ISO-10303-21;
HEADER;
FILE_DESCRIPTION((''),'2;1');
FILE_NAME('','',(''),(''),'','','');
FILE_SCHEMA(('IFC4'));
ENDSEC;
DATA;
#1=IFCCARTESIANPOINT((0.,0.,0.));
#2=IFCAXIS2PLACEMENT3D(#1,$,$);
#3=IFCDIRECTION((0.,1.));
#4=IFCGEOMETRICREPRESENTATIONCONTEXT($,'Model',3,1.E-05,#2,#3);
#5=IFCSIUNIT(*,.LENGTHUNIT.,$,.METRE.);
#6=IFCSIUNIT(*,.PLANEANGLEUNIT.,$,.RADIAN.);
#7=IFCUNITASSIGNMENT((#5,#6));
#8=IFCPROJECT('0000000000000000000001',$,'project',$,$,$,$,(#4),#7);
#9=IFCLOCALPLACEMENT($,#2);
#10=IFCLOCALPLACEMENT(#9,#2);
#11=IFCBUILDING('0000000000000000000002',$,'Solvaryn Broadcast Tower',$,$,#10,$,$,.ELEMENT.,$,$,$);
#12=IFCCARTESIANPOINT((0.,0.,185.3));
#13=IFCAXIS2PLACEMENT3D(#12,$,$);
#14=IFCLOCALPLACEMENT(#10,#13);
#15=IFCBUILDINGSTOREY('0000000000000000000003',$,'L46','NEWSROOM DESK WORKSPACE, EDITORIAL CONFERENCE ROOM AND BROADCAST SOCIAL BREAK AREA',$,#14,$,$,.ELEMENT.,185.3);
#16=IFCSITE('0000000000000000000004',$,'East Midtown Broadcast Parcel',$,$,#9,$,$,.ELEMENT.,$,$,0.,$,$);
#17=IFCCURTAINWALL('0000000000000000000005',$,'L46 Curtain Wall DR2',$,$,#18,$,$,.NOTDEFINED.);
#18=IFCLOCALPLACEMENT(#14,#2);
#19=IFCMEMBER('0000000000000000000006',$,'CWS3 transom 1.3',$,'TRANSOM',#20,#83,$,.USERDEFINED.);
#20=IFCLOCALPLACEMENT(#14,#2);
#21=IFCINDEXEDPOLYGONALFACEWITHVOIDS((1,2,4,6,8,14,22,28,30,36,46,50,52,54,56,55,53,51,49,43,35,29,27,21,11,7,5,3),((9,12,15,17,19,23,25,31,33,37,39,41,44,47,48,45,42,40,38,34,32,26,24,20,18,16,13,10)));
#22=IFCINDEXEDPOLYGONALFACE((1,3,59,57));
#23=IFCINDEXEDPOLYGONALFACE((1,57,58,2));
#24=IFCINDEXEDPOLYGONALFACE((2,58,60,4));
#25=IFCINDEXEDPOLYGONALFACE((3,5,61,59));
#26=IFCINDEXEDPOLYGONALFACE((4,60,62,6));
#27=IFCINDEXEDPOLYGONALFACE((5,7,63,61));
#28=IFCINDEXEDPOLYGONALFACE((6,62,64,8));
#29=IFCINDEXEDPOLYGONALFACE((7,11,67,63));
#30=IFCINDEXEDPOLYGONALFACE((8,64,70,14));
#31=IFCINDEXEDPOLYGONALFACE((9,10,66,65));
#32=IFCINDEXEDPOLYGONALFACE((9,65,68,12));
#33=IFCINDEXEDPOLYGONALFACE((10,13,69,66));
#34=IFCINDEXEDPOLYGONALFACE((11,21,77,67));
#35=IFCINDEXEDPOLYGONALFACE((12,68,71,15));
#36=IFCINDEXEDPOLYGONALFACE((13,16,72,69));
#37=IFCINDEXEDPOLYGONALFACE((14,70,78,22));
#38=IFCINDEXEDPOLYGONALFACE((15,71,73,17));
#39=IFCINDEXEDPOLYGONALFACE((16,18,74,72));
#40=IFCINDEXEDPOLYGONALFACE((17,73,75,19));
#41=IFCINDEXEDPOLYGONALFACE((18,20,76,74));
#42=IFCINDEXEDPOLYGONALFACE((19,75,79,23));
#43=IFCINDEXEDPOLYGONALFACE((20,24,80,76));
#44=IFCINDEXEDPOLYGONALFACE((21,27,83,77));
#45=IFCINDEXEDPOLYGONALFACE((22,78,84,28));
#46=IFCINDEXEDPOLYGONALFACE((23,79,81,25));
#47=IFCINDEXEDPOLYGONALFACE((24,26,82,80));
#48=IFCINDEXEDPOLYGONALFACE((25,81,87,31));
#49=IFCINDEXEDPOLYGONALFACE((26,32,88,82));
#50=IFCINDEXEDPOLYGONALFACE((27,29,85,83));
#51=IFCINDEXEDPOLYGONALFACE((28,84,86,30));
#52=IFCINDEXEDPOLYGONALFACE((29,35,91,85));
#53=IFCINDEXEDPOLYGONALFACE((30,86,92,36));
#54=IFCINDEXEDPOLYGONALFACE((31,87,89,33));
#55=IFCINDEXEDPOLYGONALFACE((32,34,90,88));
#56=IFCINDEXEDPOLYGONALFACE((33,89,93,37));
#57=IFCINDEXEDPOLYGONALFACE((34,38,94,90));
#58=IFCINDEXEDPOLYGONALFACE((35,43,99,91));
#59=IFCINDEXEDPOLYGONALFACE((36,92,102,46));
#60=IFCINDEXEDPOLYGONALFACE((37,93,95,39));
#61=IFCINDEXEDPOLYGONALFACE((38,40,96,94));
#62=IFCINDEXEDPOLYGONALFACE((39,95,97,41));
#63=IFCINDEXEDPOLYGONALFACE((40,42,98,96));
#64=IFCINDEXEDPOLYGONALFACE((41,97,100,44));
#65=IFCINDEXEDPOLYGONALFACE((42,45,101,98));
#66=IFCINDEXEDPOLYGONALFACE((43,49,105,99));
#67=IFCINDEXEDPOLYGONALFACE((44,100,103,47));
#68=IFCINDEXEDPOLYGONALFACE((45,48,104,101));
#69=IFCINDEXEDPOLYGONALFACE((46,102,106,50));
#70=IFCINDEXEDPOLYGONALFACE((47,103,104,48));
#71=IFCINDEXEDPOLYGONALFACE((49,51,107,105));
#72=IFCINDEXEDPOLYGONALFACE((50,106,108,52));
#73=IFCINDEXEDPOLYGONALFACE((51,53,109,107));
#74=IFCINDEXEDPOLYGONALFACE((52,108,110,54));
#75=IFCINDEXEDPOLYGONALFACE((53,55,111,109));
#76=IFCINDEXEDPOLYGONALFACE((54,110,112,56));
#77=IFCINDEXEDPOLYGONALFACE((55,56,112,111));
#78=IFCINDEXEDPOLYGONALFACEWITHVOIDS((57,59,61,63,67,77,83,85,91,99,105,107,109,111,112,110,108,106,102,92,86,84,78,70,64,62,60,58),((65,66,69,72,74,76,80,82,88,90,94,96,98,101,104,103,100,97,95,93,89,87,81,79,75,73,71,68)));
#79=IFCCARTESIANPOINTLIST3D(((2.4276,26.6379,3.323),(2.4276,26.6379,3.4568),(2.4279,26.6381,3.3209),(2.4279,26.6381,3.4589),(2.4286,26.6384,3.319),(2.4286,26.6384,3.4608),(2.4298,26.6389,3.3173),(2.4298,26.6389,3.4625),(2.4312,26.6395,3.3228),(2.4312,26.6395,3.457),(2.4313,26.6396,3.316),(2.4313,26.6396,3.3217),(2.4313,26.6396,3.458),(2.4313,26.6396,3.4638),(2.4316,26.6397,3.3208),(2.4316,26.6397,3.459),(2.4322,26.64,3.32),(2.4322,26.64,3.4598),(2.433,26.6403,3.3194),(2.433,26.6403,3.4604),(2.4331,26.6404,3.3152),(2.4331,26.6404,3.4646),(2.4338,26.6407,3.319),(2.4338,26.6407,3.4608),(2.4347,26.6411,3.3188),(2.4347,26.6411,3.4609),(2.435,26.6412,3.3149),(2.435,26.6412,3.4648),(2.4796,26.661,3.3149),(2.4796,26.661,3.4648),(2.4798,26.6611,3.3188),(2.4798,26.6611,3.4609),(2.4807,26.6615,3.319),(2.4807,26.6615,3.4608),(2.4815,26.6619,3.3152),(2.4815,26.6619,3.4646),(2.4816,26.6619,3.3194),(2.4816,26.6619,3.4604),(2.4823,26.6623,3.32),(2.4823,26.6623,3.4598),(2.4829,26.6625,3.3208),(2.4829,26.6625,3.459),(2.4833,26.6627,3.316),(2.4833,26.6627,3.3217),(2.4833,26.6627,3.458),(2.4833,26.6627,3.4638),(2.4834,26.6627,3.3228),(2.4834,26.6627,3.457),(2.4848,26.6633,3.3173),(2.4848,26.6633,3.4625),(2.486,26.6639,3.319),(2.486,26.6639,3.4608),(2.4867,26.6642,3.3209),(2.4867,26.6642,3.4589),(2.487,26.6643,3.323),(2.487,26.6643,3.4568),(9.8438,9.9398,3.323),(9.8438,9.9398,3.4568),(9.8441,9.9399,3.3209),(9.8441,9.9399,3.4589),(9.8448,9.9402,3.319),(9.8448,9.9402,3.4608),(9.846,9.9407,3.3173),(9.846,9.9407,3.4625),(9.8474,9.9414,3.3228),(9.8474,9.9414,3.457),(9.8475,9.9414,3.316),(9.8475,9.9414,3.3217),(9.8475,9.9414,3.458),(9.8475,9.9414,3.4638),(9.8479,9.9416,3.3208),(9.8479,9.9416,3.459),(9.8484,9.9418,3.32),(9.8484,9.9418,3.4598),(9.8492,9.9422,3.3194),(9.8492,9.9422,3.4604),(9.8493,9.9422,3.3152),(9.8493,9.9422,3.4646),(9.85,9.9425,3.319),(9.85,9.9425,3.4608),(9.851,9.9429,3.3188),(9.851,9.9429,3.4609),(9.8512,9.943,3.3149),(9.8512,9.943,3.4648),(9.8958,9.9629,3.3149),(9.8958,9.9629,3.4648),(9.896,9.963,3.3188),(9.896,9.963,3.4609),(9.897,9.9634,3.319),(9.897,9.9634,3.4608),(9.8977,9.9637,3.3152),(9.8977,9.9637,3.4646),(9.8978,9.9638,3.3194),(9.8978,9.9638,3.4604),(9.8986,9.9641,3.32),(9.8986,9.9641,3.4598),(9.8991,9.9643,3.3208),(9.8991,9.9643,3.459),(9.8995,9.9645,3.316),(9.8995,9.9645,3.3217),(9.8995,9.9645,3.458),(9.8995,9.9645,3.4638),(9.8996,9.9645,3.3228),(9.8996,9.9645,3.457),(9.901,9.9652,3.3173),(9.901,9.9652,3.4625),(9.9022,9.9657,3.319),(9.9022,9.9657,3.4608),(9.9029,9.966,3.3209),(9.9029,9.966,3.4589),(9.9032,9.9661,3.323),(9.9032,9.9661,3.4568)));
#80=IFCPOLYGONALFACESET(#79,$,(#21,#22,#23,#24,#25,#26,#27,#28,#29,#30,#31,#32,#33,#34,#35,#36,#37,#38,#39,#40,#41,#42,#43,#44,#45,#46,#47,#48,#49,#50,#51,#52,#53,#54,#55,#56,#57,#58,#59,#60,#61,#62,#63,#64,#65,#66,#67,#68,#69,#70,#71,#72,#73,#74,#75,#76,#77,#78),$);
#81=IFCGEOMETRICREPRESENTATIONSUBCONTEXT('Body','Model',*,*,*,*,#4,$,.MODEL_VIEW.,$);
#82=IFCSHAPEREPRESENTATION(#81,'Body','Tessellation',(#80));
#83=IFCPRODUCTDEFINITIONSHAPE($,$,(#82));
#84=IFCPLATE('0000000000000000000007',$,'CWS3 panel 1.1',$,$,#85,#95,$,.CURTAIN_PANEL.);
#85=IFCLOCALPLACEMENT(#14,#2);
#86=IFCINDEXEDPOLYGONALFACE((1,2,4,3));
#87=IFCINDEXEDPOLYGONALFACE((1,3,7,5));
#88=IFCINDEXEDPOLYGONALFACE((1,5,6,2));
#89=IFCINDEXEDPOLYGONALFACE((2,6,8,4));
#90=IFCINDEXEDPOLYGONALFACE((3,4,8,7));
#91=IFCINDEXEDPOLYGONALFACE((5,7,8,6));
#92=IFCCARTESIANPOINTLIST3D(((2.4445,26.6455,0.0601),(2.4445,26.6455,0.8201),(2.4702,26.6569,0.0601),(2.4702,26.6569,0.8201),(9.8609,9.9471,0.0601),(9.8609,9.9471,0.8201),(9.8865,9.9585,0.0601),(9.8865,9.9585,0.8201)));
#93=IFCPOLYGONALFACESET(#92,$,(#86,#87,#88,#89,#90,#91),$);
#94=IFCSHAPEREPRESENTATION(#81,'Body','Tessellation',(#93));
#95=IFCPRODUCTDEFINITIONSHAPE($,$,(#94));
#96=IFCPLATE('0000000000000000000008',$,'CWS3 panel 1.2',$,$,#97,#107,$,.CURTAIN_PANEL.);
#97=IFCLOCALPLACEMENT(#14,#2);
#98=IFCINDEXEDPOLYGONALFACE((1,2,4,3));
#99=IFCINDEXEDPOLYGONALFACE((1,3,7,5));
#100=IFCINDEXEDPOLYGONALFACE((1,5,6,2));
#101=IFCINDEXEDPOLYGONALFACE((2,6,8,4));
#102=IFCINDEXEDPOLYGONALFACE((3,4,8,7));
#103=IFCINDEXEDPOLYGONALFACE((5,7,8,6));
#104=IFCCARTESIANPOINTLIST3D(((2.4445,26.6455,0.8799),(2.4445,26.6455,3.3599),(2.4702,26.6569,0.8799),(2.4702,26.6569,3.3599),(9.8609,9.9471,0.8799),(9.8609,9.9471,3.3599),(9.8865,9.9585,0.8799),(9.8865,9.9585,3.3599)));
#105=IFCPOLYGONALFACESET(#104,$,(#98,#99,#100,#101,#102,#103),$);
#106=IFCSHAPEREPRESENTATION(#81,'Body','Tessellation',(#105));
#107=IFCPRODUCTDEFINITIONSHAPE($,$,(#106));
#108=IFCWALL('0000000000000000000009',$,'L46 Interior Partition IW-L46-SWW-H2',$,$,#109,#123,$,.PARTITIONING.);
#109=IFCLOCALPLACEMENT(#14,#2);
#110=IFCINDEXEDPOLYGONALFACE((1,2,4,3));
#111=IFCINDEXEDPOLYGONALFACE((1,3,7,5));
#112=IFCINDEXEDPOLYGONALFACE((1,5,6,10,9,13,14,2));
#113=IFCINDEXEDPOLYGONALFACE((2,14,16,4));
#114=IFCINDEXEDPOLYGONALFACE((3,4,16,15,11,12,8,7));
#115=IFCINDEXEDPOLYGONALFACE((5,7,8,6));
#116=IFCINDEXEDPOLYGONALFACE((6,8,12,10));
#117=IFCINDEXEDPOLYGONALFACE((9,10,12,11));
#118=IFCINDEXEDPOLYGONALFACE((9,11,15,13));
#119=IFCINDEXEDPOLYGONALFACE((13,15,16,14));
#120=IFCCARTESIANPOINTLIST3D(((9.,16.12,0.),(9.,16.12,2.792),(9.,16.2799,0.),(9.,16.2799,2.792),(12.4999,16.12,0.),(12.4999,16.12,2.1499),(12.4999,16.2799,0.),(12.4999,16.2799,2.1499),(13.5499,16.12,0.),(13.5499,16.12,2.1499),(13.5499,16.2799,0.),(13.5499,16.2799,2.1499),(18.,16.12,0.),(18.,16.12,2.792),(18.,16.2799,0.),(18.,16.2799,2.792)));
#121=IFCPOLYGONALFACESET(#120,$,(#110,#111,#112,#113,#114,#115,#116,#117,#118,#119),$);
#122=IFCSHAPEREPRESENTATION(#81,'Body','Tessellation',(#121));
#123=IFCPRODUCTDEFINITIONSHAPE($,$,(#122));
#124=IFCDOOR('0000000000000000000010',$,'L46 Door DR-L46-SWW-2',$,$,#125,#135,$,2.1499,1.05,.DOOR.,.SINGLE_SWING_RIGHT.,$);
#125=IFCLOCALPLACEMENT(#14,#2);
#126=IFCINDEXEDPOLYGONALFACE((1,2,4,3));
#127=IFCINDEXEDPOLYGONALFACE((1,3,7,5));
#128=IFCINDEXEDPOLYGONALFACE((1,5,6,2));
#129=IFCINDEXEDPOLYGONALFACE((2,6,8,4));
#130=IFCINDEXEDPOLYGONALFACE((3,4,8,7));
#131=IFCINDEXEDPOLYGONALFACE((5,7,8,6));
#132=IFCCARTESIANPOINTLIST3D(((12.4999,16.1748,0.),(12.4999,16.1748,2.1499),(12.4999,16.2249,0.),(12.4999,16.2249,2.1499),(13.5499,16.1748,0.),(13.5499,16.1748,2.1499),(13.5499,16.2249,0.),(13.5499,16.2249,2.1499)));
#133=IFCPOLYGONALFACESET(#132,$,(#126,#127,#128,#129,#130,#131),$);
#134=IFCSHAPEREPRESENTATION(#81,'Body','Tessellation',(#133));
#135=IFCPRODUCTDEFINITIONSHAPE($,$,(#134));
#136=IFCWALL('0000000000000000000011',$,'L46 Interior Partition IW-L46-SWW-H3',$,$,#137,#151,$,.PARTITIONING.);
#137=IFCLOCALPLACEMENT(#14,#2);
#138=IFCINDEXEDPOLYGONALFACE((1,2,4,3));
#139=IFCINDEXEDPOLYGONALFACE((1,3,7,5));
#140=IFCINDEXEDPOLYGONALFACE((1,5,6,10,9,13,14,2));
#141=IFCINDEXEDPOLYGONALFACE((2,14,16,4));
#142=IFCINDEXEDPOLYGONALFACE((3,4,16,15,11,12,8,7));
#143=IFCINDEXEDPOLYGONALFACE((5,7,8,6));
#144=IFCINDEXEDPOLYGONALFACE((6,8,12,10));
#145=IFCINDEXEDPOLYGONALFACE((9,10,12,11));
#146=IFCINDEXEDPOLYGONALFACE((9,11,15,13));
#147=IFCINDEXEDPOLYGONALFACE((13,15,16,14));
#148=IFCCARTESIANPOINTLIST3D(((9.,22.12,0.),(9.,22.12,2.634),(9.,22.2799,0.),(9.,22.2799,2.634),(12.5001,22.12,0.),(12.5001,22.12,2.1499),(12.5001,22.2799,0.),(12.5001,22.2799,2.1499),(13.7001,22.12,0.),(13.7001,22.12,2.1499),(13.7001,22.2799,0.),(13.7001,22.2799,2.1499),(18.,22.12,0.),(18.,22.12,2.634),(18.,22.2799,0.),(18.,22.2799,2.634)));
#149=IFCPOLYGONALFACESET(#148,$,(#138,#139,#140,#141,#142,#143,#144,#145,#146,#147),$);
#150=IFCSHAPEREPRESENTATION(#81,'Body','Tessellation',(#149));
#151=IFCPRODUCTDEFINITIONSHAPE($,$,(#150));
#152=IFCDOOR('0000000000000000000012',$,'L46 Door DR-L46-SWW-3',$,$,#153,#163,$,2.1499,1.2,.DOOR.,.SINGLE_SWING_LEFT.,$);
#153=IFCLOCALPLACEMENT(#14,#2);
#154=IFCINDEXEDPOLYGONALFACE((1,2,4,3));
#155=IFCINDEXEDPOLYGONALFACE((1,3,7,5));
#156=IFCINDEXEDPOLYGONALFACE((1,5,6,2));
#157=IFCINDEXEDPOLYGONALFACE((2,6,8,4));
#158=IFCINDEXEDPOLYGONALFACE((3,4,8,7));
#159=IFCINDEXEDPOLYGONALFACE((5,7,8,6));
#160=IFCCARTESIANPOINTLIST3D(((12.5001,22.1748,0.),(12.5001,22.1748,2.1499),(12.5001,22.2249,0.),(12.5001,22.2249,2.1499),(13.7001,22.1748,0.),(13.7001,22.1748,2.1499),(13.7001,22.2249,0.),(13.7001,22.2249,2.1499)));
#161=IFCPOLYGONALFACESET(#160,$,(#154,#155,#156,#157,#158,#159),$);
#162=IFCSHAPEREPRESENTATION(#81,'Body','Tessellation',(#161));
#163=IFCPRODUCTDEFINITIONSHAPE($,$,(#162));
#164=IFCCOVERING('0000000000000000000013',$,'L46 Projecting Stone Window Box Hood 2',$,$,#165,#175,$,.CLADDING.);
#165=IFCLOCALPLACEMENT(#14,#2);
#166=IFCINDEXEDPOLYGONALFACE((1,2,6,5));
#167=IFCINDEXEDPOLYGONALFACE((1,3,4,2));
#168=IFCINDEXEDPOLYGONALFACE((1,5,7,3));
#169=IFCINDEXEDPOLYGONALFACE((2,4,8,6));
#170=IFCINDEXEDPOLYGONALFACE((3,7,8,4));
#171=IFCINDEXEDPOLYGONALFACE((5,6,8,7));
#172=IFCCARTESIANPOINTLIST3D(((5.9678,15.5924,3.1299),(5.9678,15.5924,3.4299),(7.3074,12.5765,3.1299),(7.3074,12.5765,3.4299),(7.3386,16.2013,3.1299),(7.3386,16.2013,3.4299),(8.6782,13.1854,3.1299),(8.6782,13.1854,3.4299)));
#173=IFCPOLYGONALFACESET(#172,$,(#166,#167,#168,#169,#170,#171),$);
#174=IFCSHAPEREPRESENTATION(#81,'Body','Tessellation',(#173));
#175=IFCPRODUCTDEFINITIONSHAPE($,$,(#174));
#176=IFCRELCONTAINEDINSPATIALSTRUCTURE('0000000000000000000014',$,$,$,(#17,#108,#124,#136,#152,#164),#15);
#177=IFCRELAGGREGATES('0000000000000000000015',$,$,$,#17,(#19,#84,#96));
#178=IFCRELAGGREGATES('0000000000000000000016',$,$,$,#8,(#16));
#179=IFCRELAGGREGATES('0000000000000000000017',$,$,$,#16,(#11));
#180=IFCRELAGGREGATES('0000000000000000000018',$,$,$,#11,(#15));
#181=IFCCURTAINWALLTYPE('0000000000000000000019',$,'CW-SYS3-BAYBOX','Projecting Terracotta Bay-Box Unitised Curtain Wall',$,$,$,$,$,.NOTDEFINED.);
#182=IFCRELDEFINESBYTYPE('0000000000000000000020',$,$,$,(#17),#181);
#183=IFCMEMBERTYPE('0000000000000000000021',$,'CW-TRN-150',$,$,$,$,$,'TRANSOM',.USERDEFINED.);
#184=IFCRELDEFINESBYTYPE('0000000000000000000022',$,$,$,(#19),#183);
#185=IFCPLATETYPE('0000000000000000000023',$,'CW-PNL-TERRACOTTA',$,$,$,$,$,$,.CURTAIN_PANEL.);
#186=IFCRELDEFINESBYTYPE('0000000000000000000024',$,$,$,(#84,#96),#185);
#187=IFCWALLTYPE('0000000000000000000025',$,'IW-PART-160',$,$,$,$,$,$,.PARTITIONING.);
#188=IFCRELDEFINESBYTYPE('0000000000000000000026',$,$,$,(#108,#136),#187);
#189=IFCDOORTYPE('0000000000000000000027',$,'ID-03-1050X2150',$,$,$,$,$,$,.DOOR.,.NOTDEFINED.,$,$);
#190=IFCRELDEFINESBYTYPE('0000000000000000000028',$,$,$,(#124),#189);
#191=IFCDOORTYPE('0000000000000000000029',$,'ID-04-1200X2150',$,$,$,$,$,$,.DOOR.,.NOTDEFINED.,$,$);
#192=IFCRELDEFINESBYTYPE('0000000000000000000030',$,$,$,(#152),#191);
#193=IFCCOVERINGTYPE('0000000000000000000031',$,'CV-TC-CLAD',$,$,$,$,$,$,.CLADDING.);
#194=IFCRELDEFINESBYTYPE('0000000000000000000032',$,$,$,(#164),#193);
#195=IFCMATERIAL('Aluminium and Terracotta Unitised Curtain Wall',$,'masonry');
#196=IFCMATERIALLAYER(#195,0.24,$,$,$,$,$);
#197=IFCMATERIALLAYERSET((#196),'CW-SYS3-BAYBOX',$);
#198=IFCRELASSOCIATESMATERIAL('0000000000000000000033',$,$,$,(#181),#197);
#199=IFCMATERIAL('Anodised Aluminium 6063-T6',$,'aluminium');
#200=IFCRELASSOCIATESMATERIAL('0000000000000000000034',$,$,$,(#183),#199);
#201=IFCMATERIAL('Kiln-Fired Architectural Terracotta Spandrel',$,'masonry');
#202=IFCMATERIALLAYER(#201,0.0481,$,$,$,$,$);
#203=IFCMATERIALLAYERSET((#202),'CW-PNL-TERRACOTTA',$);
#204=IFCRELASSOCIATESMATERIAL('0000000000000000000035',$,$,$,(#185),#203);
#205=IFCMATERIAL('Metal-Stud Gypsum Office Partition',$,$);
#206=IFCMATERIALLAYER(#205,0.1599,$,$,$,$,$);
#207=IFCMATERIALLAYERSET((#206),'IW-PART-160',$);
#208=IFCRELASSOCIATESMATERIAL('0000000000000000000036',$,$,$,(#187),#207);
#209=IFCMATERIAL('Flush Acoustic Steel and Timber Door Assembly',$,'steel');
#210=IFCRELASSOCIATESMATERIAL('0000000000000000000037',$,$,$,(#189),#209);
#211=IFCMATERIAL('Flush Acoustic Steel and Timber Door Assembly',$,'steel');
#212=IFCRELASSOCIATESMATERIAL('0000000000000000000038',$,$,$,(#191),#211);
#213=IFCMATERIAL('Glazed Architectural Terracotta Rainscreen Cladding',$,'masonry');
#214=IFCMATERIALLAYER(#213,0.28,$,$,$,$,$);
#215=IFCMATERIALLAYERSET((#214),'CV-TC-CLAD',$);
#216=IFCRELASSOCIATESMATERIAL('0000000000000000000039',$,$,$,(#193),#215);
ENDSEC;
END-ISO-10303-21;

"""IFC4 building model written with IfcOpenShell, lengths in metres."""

from ifc_helpers import new_model, si_unit, direction, frame, frame_2d, origin, origin_2d, place, context, subcontext, project, spatial, rectangle, hollow_rectangle, extrude, material, layer, layer_set, material_profile, profile_set, type_object, element, fill, aggregate, save


model = new_model("IFC4")

# Units and contexts
model_context = context("Model", 3, precision=1e-05, world=origin(), true_north=direction((0.0, 1.0)))
body_context = subcontext(model_context, "Body", "Model", "MODEL_VIEW")
ifc_project = project(units=[si_unit("LENGTHUNIT", "METRE"), si_unit("PLANEANGLEUNIT", "RADIAN")], contexts=[model_context])

# Site, building, storey
site_placement = place(None, origin())
site = spatial("IfcSite", under=ifc_project, at=site_placement, Name="East Midtown Broadcast Parcel", CompositionType="ELEMENT", RefElevation=0.0)
building_placement = place(site_placement, origin())
building = spatial("IfcBuilding", under=site, at=building_placement, Name="Solvaryn Broadcast Tower", CompositionType="ELEMENT")
storey_placement = place(building_placement, frame((0.0, 0.0, 185.3)))
storey = spatial("IfcBuildingStorey", under=building, at=storey_placement, Name="L46", Description="NEWSROOM DESK WORKSPACE, EDITORIAL CONFERENCE ROOM AND BROADCAST SOCIAL BREAK AREA", CompositionType="ELEMENT", Elevation=185.3)

# Curtain wall, member, plates
ifc_material_1 = material(Name="Aluminium and Terracotta Unitised Curtain Wall", Category="masonry")
ifc_layer_1 = layer(ifc_material_1, 0.24)
ifc_layer_set_1 = layer_set([ifc_layer_1], Name="CW-SYS3-BAYBOX")
curtain_wall_type_1 = type_object("IfcCurtainWallType", Name="CW-SYS3-BAYBOX", Description="Projecting Terracotta Bay-Box Unitised Curtain Wall", PredefinedType="NOTDEFINED", material=ifc_layer_set_1)
curtain_wall_1_placement = place(storey_placement, origin())
curtain_wall_1 = element("IfcCurtainWall", 1, at=curtain_wall_1_placement, inside=storey, type_object=curtain_wall_type_1, Name="L46 Curtain Wall DR2", PredefinedType="NOTDEFINED")
ifc_material_2 = material(Name="Anodised Aluminium 6063-T6", Category="aluminium")
ifc_material_profile_1 = material_profile(ifc_material_2, hollow_rectangle(XDim=0.0649, YDim=0.1499, WallThickness=0.0039, InnerFilletRadius=0.0039, OuterFilletRadius=0.0081, at=origin_2d()))
ifc_profile_set_1 = profile_set([ifc_material_profile_1], Name="Anodised Aluminium 6063-T6")
member_type_1 = type_object("IfcMemberType", Name="CW-TRN-150", ElementType="TRANSOM", PredefinedType="USERDEFINED", material=ifc_profile_set_1)
member_1_placement = place(storey_placement, frame((2.4573, 26.6511, 3.3899), z_axis=(0.405902, -0.913917, 0.0), x_axis=(0.913917, 0.405902, 0.0)))
member_1 = element("IfcMember", 2, at=member_1_placement, type_object=member_type_1, Name="CWS3 transom 1.3", ObjectType="TRANSOM", PredefinedType="USERDEFINED", context=body_context, shape_type="SweptSolid", body=[
    extrude(hollow_rectangle(XDim=0.0649, YDim=0.1499, WallThickness=0.0039, InnerFilletRadius=0.0039, OuterFilletRadius=0.0081, at=origin_2d()), origin(), (0.0, 0.0, 1.0), 18.271),
])
ifc_material_3 = material(Name="Kiln-Fired Architectural Terracotta Spandrel", Category="masonry")
ifc_layer_2 = layer(ifc_material_3, 0.0481)
ifc_layer_set_2 = layer_set([ifc_layer_2], Name="CW-PNL-TERRACOTTA")
plate_type = type_object("IfcPlateType", Name="CW-PNL-TERRACOTTA", PredefinedType="CURTAIN_PANEL", material=ifc_layer_set_2)
plate_1_placement = place(storey_placement, frame((6.1655, 18.302, 0.0601), z_axis=(0.0, 0.0, 1.0), x_axis=(0.405901, -0.913917, 0.0)))
plate_1 = element("IfcPlate", 3, at=plate_1_placement, type_object=plate_type, Name="CWS3 panel 1.1", PredefinedType="CURTAIN_PANEL", context=body_context, shape_type="SweptSolid", body=[
    extrude(rectangle(XDim=18.2712, YDim=0.0281, at=origin_2d()), origin(), (0.0, 0.0, 1.0), 0.76),
])
plate_2_placement = place(storey_placement, frame((6.1655, 18.302, 0.8799), z_axis=(0.0, 0.0, 1.0), x_axis=(0.405901, -0.913917, 0.0)))
plate_2 = element("IfcPlate", 4, at=plate_2_placement, type_object=plate_type, Name="CWS3 panel 1.2", PredefinedType="CURTAIN_PANEL", context=body_context, shape_type="SweptSolid", body=[
    extrude(rectangle(XDim=18.2712, YDim=0.0281, at=origin_2d()), origin(), (0.0, 0.0, 1.0), 2.48),
])
aggregate(curtain_wall_1, [member_1, plate_1, plate_2])

# Walls, openings, doors
ifc_material_4 = material(Name="Metal-Stud Gypsum Office Partition")
ifc_layer_3 = layer(ifc_material_4, 0.1599)
ifc_layer_set_3 = layer_set([ifc_layer_3], Name="IW-PART-160")
wall_type = type_object("IfcWallType", Name="IW-PART-160", PredefinedType="PARTITIONING", material=ifc_layer_set_3)
wall_1_placement = place(storey_placement, frame((9.0, 16.2, 0.0), z_axis=(0.0, 0.0, 1.0), x_axis=(1.0, 0.0, 0.0)))
wall_1 = element("IfcWall", 5, at=wall_1_placement, inside=storey, type_object=wall_type, Name="L46 Interior Partition IW-L46-SWW-H2", PredefinedType="PARTITIONING", context=body_context, shape_type="SweptSolid", body=[
    extrude(rectangle(XDim=9.0, YDim=0.1599, at=frame_2d((4.5, 0.0))), origin(), (0.0, 0.0, 1.0), 2.792),
])
opening_1_placement = place(wall_1_placement, frame((3.5, 0.0, 0.0)))
opening_1 = element("IfcOpeningElement", 6, at=opening_1_placement, cuts=wall_1, PredefinedType="OPENING", context=body_context, shape_type="SweptSolid", body=[
    extrude(rectangle(XDim=1.05, YDim=2.1499, at=frame_2d((0.5249, 1.075))), frame((0.0, 0.0901, 0.0), z_axis=(0.0, -1.0, 0.0), x_axis=(1.0, 0.0, 0.0)), (0.0, 0.0, 1.0), 0.1799),
])
ifc_material_5 = material(Name="Flush Acoustic Steel and Timber Door Assembly", Category="steel")
door_type_1 = type_object("IfcDoorType", Name="ID-03-1050X2150", OperationType="NOTDEFINED", PredefinedType="DOOR", material=ifc_material_5)
door_1_placement = place(opening_1_placement, origin())
door_1 = element("IfcDoor", 7, at=door_1_placement, inside=storey, type_object=door_type_1, Name="L46 Door DR-L46-SWW-2", OperationType="SINGLE_SWING_RIGHT", OverallHeight=2.1499, OverallWidth=1.05, PredefinedType="DOOR", context=body_context, shape_type="SweptSolid", body=[
    extrude(rectangle(XDim=1.05, YDim=2.1499, at=frame_2d((0.5249, 1.075))), frame((0.0, 0.0249, 0.0), z_axis=(0.0, -1.0, 0.0), x_axis=(1.0, 0.0, 0.0)), (0.0, 0.0, 1.0), 0.05),
])
fill(opening_1, door_1)
wall_2_placement = place(storey_placement, frame((9.0, 22.2, 0.0), z_axis=(0.0, 0.0, 1.0), x_axis=(1.0, 0.0, 0.0)))
wall_2 = element("IfcWall", 8, at=wall_2_placement, inside=storey, type_object=wall_type, Name="L46 Interior Partition IW-L46-SWW-H3", PredefinedType="PARTITIONING", context=body_context, shape_type="SweptSolid", body=[
    extrude(rectangle(XDim=9.0, YDim=0.1599, at=frame_2d((4.5, 0.0))), origin(), (0.0, 0.0, 1.0), 2.634),
])
opening_2_placement = place(wall_2_placement, frame((3.5, 0.0, 0.0)))
opening_2 = element("IfcOpeningElement", 9, at=opening_2_placement, cuts=wall_2, PredefinedType="OPENING", context=body_context, shape_type="SweptSolid", body=[
    extrude(rectangle(XDim=1.2, YDim=2.1499, at=frame_2d((0.6001, 1.075))), frame((0.0, 0.0901, 0.0), z_axis=(0.0, -1.0, 0.0), x_axis=(1.0, 0.0, 0.0)), (0.0, 0.0, 1.0), 0.1799),
])
ifc_material_6 = material(Name="Flush Acoustic Steel and Timber Door Assembly", Category="steel")
door_type_2 = type_object("IfcDoorType", Name="ID-04-1200X2150", OperationType="NOTDEFINED", PredefinedType="DOOR", material=ifc_material_6)
door_2_placement = place(opening_2_placement, origin())
door_2 = element("IfcDoor", 10, at=door_2_placement, inside=storey, type_object=door_type_2, Name="L46 Door DR-L46-SWW-3", OperationType="SINGLE_SWING_LEFT", OverallHeight=2.1499, OverallWidth=1.2, PredefinedType="DOOR", context=body_context, shape_type="SweptSolid", body=[
    extrude(rectangle(XDim=1.2, YDim=2.1499, at=frame_2d((0.6001, 1.075))), frame((0.0, 0.0249, 0.0), z_axis=(0.0, -1.0, 0.0), x_axis=(1.0, 0.0, 0.0)), (0.0, 0.0, 1.0), 0.05),
])
fill(opening_2, door_2)

# Covering
ifc_material_7 = material(Name="Glazed Architectural Terracotta Rainscreen Cladding", Category="masonry")
ifc_layer_4 = layer(ifc_material_7, 0.28)
ifc_layer_set_4 = layer_set([ifc_layer_4], Name="CV-TC-CLAD")
covering_type_1 = type_object("IfcCoveringType", Name="CV-TC-CLAD", PredefinedType="CLADDING", material=ifc_layer_set_4)
for number, where, z_axis, x_axis, name in (
    (11, (7.323, 14.3889, 3.1299), (0.0, 0.0, 1.0), (0.405939, -0.9139, 0.0), "L46 Projecting Stone Window Box Hood 2"),
):
    element("IfcCovering", number, at=place(storey_placement, frame(where, z_axis=z_axis, x_axis=x_axis)), inside=storey, type_object=covering_type_1, Name=name, PredefinedType="CLADDING", context=body_context, shape_type="SweptSolid", body=[
        extrude(rectangle(XDim=3.3, YDim=1.5, at=origin_2d()), origin(), (0.0, 0.0, 1.0), 0.3),
    ])

save(model, "model.ifc")
